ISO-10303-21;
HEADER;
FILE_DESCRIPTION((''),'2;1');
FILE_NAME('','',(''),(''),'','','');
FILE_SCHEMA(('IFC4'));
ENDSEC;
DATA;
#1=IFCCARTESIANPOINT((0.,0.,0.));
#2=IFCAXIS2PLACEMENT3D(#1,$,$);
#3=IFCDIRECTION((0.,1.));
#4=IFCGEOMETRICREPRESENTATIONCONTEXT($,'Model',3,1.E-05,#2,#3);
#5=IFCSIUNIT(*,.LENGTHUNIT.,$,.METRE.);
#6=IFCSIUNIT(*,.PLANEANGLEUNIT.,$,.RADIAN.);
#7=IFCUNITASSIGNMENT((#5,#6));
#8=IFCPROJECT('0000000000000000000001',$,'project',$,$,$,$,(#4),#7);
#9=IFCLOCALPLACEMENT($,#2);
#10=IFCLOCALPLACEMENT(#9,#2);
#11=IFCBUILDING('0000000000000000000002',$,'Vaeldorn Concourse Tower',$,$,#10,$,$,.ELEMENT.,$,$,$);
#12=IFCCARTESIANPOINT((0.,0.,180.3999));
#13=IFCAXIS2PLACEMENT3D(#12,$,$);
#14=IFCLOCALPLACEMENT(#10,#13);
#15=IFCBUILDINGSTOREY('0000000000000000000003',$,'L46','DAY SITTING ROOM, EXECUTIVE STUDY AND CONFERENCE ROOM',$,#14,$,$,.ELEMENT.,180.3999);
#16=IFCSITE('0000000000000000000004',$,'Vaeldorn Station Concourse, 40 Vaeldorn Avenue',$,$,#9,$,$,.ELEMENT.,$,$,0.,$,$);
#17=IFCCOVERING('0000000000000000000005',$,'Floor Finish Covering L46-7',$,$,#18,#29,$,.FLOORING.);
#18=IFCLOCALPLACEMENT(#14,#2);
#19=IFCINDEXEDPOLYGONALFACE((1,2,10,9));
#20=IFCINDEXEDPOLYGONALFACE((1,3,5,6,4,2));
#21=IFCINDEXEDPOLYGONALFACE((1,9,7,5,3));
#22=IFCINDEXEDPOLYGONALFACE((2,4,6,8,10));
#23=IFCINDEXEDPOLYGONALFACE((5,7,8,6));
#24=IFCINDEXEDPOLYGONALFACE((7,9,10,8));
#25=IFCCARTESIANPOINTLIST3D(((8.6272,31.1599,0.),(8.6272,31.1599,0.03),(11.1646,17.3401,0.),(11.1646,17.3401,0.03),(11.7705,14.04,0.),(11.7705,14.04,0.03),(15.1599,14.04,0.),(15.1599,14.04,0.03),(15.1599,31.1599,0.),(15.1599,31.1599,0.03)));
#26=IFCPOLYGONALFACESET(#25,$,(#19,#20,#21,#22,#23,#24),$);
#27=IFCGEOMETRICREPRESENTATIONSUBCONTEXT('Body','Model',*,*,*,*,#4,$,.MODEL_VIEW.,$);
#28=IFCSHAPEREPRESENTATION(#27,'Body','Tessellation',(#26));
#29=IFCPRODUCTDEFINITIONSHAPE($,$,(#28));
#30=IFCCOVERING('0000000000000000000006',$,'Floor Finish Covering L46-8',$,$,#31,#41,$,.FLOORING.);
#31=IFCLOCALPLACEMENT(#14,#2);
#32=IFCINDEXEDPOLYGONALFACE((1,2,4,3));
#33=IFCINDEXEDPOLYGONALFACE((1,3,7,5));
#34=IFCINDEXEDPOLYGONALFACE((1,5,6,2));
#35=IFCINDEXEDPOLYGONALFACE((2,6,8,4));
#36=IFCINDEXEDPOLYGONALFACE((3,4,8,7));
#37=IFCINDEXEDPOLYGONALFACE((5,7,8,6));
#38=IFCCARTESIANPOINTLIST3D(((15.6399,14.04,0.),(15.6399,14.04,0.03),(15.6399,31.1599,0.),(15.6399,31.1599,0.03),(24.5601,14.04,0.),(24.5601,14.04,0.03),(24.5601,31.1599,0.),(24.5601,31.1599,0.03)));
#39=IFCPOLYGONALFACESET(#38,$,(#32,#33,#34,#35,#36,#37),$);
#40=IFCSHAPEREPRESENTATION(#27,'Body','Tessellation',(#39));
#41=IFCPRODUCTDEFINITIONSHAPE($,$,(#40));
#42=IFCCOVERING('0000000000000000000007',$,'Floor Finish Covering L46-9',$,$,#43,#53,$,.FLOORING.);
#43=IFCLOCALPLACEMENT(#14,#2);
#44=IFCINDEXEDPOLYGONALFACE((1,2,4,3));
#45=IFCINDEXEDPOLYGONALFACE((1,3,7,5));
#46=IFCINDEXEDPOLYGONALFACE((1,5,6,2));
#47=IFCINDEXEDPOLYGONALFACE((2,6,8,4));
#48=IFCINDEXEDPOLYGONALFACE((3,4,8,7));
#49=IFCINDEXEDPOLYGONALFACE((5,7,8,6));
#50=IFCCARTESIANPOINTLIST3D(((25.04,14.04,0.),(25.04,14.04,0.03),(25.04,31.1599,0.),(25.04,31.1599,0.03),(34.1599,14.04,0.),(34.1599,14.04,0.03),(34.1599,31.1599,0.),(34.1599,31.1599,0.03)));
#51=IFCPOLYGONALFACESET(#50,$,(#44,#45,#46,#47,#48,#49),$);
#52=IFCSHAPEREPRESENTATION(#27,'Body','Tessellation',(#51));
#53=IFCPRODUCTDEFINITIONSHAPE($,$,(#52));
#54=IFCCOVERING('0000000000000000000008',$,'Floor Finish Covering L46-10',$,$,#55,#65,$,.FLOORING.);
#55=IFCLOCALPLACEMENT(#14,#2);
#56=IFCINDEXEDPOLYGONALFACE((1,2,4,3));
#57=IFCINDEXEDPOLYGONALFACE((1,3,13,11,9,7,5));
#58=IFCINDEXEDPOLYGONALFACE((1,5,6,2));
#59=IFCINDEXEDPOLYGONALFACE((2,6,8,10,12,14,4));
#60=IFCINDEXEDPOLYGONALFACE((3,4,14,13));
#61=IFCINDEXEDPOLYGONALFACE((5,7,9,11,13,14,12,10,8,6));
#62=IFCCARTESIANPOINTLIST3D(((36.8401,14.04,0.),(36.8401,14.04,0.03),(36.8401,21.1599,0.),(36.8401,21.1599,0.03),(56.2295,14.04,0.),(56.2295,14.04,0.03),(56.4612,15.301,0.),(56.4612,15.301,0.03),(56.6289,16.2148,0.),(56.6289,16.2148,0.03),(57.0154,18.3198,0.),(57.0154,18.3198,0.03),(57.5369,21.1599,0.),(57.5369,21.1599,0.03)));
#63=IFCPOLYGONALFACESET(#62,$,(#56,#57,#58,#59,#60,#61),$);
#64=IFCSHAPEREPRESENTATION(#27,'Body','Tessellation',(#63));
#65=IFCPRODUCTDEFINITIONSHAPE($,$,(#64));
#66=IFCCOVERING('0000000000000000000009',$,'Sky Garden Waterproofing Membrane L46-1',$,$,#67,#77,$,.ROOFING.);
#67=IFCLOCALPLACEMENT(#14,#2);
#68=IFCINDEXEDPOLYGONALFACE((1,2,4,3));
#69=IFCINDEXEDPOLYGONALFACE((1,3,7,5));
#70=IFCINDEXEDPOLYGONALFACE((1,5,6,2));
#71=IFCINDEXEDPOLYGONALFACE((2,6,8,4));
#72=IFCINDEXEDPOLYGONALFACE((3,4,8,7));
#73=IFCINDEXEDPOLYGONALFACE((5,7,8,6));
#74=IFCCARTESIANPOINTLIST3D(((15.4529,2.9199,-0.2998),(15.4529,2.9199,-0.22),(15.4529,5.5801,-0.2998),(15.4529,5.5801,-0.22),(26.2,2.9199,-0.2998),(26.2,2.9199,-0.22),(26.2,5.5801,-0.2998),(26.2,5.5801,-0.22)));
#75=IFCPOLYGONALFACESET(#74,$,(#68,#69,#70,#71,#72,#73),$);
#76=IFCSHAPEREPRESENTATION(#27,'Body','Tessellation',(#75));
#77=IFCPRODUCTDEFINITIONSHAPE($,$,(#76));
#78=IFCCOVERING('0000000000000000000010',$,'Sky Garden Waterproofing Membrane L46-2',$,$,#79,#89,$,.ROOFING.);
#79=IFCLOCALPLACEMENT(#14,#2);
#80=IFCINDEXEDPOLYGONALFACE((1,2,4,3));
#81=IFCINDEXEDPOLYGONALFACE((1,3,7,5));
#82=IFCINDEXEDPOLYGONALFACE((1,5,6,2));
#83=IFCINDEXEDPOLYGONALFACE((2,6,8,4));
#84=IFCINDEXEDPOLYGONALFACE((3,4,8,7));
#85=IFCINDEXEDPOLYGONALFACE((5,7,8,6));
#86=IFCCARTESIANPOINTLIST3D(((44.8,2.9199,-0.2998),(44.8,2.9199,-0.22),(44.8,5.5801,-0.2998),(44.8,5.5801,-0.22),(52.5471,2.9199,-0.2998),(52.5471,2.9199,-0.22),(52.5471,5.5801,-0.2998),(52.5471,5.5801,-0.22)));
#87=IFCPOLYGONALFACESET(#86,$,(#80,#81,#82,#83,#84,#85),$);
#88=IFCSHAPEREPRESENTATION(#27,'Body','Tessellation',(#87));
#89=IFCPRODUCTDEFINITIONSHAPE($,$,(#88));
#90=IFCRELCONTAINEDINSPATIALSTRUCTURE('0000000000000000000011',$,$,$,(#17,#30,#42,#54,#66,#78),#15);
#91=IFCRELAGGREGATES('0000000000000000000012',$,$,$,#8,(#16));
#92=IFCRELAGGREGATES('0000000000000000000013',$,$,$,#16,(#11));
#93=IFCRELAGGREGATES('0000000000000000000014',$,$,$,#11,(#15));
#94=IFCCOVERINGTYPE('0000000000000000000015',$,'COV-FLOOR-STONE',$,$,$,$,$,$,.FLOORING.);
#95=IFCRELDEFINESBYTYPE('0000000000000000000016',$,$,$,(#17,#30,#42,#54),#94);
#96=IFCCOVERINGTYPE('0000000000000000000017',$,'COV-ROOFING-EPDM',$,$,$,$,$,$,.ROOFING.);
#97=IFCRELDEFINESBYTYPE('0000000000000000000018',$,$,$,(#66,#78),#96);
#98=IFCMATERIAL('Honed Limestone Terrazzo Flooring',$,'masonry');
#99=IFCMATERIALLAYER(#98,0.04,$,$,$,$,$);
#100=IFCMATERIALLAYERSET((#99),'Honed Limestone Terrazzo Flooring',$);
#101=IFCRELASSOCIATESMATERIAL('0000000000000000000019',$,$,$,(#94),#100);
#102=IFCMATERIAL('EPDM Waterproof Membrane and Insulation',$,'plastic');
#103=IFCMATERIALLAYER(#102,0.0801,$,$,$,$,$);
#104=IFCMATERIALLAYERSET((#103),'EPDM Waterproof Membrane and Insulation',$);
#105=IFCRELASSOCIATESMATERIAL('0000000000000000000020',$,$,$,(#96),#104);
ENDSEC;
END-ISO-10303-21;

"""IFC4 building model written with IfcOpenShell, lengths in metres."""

from ifc_helpers import new_model, si_unit, direction, frame, origin, place, context, subcontext, project, spatial, polyline, outline, extrude, material, layer, layer_set, type_object, element, save


model = new_model("IFC4")

# Units and contexts
model_context = context("Model", 3, precision=1e-05, world=origin(), true_north=direction((0.0, 1.0)))
body_context = subcontext(model_context, "Body", "Model", "MODEL_VIEW")
ifc_project = project(units=[si_unit("LENGTHUNIT", "METRE"), si_unit("PLANEANGLEUNIT", "RADIAN")], contexts=[model_context])

# Site, building, storey
site_placement = place(None, origin())
site = spatial("IfcSite", under=ifc_project, at=site_placement, Name="Vaeldorn Station Concourse, 40 Vaeldorn Avenue", CompositionType="ELEMENT", RefElevation=0.0)
building_placement = place(site_placement, origin())
building = spatial("IfcBuilding", under=site, at=building_placement, Name="Vaeldorn Concourse Tower", CompositionType="ELEMENT")
storey_placement = place(building_placement, frame((0.0, 0.0, 180.3999)))
storey = spatial("IfcBuildingStorey", under=building, at=storey_placement, Name="L46", Description="DAY SITTING ROOM, EXECUTIVE STUDY AND CONFERENCE ROOM", CompositionType="ELEMENT", Elevation=180.3999)

# Coverings
ifc_material_1 = material(Name="Honed Limestone Terrazzo Flooring", Category="masonry")
ifc_layer_1 = layer(ifc_material_1, 0.04)
ifc_layer_set_1 = layer_set([ifc_layer_1], Name="Honed Limestone Terrazzo Flooring")
covering_type_1 = type_object("IfcCoveringType", Name="COV-FLOOR-STONE", PredefinedType="FLOORING", material=ifc_layer_set_1)
covering_1_placement = place(storey_placement, origin())
element("IfcCovering", 1, at=covering_1_placement, inside=storey, type_object=covering_type_1, Name="Floor Finish Covering L46-7", PredefinedType="FLOORING", context=body_context, shape_type="SweptSolid", body=[
    extrude(outline(polyline([(15.1599, 31.1599), (15.1599, 14.04), (11.7705, 14.04), (11.1646, 17.3401), (11.1646, 17.3401), (8.6272, 31.1599), (15.1599, 31.1599)])), origin(), (0.0, 0.0, 1.0), 0.03),
])
covering_2_placement = place(storey_placement, origin())
element("IfcCovering", 2, at=covering_2_placement, inside=storey, type_object=covering_type_1, Name="Floor Finish Covering L46-8", PredefinedType="FLOORING", context=body_context, shape_type="SweptSolid", body=[
    extrude(outline(polyline([(15.6399, 31.1599), (24.5601, 31.1599), (24.5601, 14.04), (15.6399, 14.04), (15.6399, 31.1599)])), origin(), (0.0, 0.0, 1.0), 0.03),
])
covering_3_placement = place(storey_placement, origin())
element("IfcCovering", 3, at=covering_3_placement, inside=storey, type_object=covering_type_1, Name="Floor Finish Covering L46-9", PredefinedType="FLOORING", context=body_context, shape_type="SweptSolid", body=[
    extrude(outline(polyline([(25.04, 31.1599), (34.1599, 31.1599), (34.1599, 14.04), (25.04, 14.04), (25.04, 31.1599)])), origin(), (0.0, 0.0, 1.0), 0.03),
])
covering_4_placement = place(storey_placement, origin())
element("IfcCovering", 4, at=covering_4_placement, inside=storey, type_object=covering_type_1, Name="Floor Finish Covering L46-10", PredefinedType="FLOORING", context=body_context, shape_type="SweptSolid", body=[
    extrude(outline(polyline([(36.8401, 14.04), (36.8401, 21.1599), (57.5369, 21.1599), (57.0154, 18.3198), (56.6289, 16.2148), (56.4612, 15.301), (56.4612, 15.301), (56.2295, 14.04), (36.8401, 14.04)])), origin(), (0.0, 0.0, 1.0), 0.03),
])
ifc_material_2 = material(Name="EPDM Waterproof Membrane and Insulation", Category="plastic")
ifc_layer_2 = layer(ifc_material_2, 0.0801)
ifc_layer_set_2 = layer_set([ifc_layer_2], Name="EPDM Waterproof Membrane and Insulation")
covering_type_2 = type_object("IfcCoveringType", Name="COV-ROOFING-EPDM", PredefinedType="ROOFING", material=ifc_layer_set_2)
covering_5_placement = place(storey_placement, frame((0.0, 0.0, -0.2998)))
element("IfcCovering", 5, at=covering_5_placement, inside=storey, type_object=covering_type_2, Name="Sky Garden Waterproofing Membrane L46-1", PredefinedType="ROOFING", context=body_context, shape_type="SweptSolid", body=[
    extrude(outline(polyline([(15.4529, 2.9199), (26.2, 2.9199), (26.2, 5.5801), (15.4529, 5.5801), (15.4529, 2.9199)])), origin(), (0.0, 0.0, 1.0), 0.0798),
])
covering_6_placement = place(storey_placement, frame((0.0, 0.0, -0.2998)))
element("IfcCovering", 6, at=covering_6_placement, inside=storey, type_object=covering_type_2, Name="Sky Garden Waterproofing Membrane L46-2", PredefinedType="ROOFING", context=body_context, shape_type="SweptSolid", body=[
    extrude(outline(polyline([(44.8, 2.9199), (52.5471, 2.9199), (52.5471, 5.5801), (44.8, 5.5801), (44.8, 2.9199)])), origin(), (0.0, 0.0, 1.0), 0.0798),
])

save(model, "model.ifc")
